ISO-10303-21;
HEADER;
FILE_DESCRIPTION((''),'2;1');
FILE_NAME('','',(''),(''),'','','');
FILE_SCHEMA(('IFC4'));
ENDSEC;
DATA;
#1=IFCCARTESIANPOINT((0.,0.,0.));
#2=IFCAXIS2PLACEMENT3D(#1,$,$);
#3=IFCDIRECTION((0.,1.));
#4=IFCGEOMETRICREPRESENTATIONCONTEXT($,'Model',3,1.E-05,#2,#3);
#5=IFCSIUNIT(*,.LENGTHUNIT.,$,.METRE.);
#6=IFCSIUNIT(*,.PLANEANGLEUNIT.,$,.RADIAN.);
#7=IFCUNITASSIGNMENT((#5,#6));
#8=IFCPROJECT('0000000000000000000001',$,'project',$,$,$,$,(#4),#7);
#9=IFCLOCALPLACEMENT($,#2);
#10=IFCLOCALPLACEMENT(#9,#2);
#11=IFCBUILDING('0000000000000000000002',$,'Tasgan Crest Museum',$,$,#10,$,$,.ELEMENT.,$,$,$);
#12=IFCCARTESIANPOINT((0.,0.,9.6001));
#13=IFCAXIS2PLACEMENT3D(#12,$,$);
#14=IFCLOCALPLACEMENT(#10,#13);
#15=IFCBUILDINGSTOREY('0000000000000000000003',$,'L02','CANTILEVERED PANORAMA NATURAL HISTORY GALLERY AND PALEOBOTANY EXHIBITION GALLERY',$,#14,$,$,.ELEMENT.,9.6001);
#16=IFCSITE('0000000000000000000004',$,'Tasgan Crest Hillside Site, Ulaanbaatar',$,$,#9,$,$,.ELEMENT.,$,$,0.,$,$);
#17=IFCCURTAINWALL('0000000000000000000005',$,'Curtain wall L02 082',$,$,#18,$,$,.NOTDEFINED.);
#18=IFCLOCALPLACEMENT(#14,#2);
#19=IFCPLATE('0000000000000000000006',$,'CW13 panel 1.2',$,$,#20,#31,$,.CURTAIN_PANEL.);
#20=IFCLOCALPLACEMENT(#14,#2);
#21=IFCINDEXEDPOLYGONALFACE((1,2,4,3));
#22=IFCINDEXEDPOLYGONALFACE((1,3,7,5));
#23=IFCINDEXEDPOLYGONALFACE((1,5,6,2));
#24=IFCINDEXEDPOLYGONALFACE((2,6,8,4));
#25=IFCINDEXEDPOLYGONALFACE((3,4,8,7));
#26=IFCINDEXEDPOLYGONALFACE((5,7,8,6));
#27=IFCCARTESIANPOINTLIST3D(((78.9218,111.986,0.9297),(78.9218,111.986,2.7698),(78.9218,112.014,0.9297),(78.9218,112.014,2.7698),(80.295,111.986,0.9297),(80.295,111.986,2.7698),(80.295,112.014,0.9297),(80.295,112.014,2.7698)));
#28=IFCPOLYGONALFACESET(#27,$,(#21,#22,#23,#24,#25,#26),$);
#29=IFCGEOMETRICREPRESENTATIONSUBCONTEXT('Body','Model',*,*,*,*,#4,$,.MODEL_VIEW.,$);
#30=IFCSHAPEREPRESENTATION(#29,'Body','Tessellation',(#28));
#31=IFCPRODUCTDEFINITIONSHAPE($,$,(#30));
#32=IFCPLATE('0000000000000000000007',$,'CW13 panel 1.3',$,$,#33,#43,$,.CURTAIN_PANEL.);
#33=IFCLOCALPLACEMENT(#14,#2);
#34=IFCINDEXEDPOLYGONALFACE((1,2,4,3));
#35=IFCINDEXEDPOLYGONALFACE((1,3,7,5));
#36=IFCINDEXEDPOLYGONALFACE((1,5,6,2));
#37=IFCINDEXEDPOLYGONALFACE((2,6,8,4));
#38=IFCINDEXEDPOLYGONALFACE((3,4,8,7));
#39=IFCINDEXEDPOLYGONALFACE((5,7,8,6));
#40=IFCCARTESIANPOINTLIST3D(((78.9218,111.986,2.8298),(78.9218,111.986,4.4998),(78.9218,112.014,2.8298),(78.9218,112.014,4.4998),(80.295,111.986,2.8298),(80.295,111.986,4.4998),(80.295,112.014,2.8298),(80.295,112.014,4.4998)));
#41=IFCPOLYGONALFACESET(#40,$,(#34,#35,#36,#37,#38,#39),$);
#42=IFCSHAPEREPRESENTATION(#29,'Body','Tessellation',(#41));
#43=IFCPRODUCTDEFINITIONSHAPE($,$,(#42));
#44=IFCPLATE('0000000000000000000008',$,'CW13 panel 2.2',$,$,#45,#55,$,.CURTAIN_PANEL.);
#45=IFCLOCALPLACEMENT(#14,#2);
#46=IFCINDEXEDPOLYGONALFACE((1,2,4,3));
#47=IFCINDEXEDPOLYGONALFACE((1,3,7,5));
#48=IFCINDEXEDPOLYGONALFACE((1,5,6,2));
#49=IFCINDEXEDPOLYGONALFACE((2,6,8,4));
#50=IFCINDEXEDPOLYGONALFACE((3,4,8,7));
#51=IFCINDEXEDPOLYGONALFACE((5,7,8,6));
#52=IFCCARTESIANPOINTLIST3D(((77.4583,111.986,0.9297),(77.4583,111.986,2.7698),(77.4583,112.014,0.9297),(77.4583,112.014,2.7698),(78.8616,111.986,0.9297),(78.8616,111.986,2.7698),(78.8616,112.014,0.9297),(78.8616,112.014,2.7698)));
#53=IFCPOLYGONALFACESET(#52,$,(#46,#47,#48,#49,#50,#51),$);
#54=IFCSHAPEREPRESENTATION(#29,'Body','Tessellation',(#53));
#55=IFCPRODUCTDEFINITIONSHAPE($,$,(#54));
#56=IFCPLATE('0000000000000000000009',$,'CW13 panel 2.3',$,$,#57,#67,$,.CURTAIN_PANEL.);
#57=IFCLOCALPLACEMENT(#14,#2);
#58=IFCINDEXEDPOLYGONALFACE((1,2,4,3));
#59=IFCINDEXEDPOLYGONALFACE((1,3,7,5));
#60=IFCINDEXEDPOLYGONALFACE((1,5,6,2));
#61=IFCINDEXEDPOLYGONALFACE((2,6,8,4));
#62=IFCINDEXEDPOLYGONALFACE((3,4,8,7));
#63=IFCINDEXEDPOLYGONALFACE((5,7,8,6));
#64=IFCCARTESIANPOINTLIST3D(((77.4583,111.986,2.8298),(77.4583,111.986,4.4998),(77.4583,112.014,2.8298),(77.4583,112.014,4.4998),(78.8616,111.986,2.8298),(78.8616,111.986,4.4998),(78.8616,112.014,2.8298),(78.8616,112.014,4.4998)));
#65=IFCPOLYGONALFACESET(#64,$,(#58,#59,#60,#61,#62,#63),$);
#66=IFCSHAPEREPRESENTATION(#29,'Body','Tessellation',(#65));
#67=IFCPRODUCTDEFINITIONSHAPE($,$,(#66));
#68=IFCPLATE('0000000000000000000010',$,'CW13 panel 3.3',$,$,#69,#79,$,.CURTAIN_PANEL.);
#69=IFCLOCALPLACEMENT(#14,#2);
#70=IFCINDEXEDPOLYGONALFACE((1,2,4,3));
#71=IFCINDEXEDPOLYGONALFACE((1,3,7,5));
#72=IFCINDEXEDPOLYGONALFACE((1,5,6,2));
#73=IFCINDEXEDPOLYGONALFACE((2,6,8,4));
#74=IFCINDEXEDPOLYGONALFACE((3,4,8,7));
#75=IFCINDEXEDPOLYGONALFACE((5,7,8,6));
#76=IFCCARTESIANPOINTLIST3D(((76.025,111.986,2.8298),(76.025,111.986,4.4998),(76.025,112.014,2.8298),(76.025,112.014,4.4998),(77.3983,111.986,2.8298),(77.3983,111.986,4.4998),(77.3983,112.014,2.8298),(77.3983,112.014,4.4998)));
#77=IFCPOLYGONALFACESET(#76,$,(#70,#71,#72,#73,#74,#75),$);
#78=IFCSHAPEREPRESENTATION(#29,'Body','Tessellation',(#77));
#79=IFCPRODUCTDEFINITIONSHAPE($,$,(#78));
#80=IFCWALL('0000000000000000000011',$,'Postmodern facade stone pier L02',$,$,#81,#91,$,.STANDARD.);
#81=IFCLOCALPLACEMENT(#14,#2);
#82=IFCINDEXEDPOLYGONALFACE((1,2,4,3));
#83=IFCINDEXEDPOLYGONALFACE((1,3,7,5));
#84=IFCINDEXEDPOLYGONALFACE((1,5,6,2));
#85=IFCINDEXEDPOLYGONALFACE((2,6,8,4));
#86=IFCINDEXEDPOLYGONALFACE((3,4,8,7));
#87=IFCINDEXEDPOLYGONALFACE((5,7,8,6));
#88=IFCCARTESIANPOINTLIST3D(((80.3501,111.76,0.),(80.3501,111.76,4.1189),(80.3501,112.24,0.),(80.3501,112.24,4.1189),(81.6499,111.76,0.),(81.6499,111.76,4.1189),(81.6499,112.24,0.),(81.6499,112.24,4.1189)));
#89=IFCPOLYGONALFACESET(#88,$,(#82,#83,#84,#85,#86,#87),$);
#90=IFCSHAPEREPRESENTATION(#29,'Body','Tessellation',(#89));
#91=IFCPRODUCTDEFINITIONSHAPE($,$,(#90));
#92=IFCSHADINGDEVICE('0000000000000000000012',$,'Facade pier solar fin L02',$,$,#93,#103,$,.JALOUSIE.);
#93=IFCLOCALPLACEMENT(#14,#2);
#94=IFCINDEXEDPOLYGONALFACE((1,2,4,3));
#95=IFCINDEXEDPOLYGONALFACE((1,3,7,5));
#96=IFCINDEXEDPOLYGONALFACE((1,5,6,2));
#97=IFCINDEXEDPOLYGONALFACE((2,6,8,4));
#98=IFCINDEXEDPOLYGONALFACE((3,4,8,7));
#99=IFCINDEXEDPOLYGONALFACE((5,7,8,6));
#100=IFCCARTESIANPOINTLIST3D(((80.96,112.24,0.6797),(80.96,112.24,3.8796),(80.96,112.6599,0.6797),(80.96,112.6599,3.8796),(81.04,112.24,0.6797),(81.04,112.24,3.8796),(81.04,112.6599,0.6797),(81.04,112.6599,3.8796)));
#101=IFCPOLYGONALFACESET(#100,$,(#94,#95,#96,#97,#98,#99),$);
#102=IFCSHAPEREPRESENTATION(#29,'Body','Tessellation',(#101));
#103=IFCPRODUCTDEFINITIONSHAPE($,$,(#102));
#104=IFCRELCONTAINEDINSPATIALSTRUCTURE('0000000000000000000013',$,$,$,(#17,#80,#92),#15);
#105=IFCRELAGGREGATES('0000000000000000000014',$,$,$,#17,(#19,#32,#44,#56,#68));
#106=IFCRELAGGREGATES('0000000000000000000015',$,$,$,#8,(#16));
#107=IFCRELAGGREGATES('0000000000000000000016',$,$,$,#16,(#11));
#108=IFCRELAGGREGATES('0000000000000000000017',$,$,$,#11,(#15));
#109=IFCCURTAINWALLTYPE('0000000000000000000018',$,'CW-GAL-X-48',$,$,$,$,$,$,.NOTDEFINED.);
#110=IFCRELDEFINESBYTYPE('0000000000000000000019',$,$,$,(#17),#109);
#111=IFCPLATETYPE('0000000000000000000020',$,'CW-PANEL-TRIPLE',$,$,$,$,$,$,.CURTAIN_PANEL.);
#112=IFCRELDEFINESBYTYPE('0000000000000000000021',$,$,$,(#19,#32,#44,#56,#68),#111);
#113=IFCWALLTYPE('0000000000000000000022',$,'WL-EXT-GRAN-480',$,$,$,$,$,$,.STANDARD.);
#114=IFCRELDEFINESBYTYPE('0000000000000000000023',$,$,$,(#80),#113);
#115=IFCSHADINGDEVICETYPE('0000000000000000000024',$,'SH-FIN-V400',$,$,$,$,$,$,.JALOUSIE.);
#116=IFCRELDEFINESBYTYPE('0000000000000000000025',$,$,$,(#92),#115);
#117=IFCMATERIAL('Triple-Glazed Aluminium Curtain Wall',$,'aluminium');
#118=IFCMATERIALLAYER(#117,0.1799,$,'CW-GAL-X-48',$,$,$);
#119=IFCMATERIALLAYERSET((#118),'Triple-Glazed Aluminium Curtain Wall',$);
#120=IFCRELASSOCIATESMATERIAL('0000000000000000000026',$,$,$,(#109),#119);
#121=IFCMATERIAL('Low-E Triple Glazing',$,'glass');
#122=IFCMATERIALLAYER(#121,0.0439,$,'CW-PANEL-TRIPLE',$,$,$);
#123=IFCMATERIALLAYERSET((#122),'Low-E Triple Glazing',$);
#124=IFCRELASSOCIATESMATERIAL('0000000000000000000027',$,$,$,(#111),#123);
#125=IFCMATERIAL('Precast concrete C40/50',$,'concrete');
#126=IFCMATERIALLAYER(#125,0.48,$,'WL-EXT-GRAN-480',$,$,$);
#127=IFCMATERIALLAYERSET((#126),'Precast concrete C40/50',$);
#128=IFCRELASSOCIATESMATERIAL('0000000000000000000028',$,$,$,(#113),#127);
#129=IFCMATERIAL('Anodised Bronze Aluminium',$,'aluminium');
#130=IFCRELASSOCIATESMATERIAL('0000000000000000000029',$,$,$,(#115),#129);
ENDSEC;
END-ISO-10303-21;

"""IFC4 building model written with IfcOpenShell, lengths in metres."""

from ifc_helpers import new_model, si_unit, direction, frame, frame_2d, origin, origin_2d, place, context, subcontext, project, spatial, rectangle, extrude, material, layer, layer_set, type_object, element, aggregate, save


model = new_model("IFC4")

# Units and contexts
model_context = context("Model", 3, precision=1e-05, world=origin(), true_north=direction((0.0, 1.0)))
body_context = subcontext(model_context, "Body", "Model", "MODEL_VIEW")
ifc_project = project(units=[si_unit("LENGTHUNIT", "METRE"), si_unit("PLANEANGLEUNIT", "RADIAN")], contexts=[model_context])

# Site, building, storey
site_placement = place(None, origin())
site = spatial("IfcSite", under=ifc_project, at=site_placement, Name="Tasgan Crest Hillside Site, Ulaanbaatar", CompositionType="ELEMENT", RefElevation=0.0)
building_placement = place(site_placement, origin())
building = spatial("IfcBuilding", under=site, at=building_placement, Name="Tasgan Crest Museum", CompositionType="ELEMENT")
storey_placement = place(building_placement, frame((0.0, 0.0, 9.6001)))
storey = spatial("IfcBuildingStorey", under=building, at=storey_placement, Name="L02", Description="CANTILEVERED PANORAMA NATURAL HISTORY GALLERY AND PALEOBOTANY EXHIBITION GALLERY", CompositionType="ELEMENT", Elevation=9.6001)

# Curtain wall
ifc_material_1 = material(Name="Triple-Glazed Aluminium Curtain Wall", Category="aluminium")
ifc_layer_1 = layer(ifc_material_1, 0.1799, Name="CW-GAL-X-48")
ifc_layer_set_1 = layer_set([ifc_layer_1], Name="Triple-Glazed Aluminium Curtain Wall")
curtain_wall_type = type_object("IfcCurtainWallType", Name="CW-GAL-X-48", PredefinedType="NOTDEFINED", material=ifc_layer_set_1)
curtain_wall_1_placement = place(storey_placement, origin())
curtain_wall_1 = element("IfcCurtainWall", 1, at=curtain_wall_1_placement, inside=storey, type_object=curtain_wall_type, Name="Curtain wall L02 082", PredefinedType="NOTDEFINED")

# Plates
ifc_material_2 = material(Name="Low-E Triple Glazing", Category="glass")
ifc_layer_2 = layer(ifc_material_2, 0.0439, Name="CW-PANEL-TRIPLE")
ifc_layer_set_2 = layer_set([ifc_layer_2], Name="Low-E Triple Glazing")
plate_type_1 = type_object("IfcPlateType", Name="CW-PANEL-TRIPLE", PredefinedType="CURTAIN_PANEL", material=ifc_layer_set_2)
plate_1_placement = place(storey_placement, frame((79.6084, 112.0, 0.9297), z_axis=(0.0, 0.0, 1.0), x_axis=(-1.0, 0.0, 0.0)))
plate_1 = element("IfcPlate", 2, at=plate_1_placement, type_object=plate_type_1, Name="CW13 panel 1.2", PredefinedType="CURTAIN_PANEL", context=body_context, shape_type="SweptSolid", body=[
    extrude(rectangle(XDim=1.3733, YDim=0.0281, at=origin_2d()), origin(), (0.0, 0.0, 1.0), 1.8401),
])
plate_2_placement = place(storey_placement, frame((79.6084, 112.0, 2.8298), z_axis=(0.0, 0.0, 1.0), x_axis=(-1.0, 0.0, 0.0)))
plate_2 = element("IfcPlate", 3, at=plate_2_placement, type_object=plate_type_1, Name="CW13 panel 1.3", PredefinedType="CURTAIN_PANEL", context=body_context, shape_type="SweptSolid", body=[
    extrude(rectangle(XDim=1.3733, YDim=0.0281, at=origin_2d()), origin(), (0.0, 0.0, 1.0), 1.6699),
])
plate_3_placement = place(storey_placement, frame((78.1599, 112.0, 0.9297), z_axis=(0.0, 0.0, 1.0), x_axis=(-1.0, 0.0, 0.0)))
plate_3 = element("IfcPlate", 4, at=plate_3_placement, type_object=plate_type_1, Name="CW13 panel 2.2", PredefinedType="CURTAIN_PANEL", context=body_context, shape_type="SweptSolid", body=[
    extrude(rectangle(XDim=1.4033, YDim=0.0281, at=origin_2d()), origin(), (0.0, 0.0, 1.0), 1.8401),
])
plate_4_placement = place(storey_placement, frame((78.1599, 112.0, 2.8298), z_axis=(0.0, 0.0, 1.0), x_axis=(-1.0, 0.0, 0.0)))
plate_4 = element("IfcPlate", 5, at=plate_4_placement, type_object=plate_type_1, Name="CW13 panel 2.3", PredefinedType="CURTAIN_PANEL", context=body_context, shape_type="SweptSolid", body=[
    extrude(rectangle(XDim=1.4033, YDim=0.0281, at=origin_2d()), origin(), (0.0, 0.0, 1.0), 1.6699),
])
plate_5_placement = place(storey_placement, frame((76.7117, 112.0, 2.8298), z_axis=(0.0, 0.0, 1.0), x_axis=(-1.0, 0.0, 0.0)))
plate_5 = element("IfcPlate", 6, at=plate_5_placement, type_object=plate_type_1, Name="CW13 panel 3.3", PredefinedType="CURTAIN_PANEL", context=body_context, shape_type="SweptSolid", body=[
    extrude(rectangle(XDim=1.3733, YDim=0.0281, at=origin_2d()), origin(), (0.0, 0.0, 1.0), 1.6699),
])
aggregate(curtain_wall_1, [plate_1, plate_2, plate_3, plate_4, plate_5])

# Wall
ifc_material_3 = material(Name="Precast concrete C40/50", Category="concrete")
ifc_layer_3 = layer(ifc_material_3, 0.48, Name="WL-EXT-GRAN-480")
ifc_layer_set_3 = layer_set([ifc_layer_3], Name="Precast concrete C40/50")
wall_type = type_object("IfcWallType", Name="WL-EXT-GRAN-480", PredefinedType="STANDARD", material=ifc_layer_set_3)
wall_placement = place(storey_placement, frame((81.6499, 112.0, 0.0), z_axis=(0.0, 0.0, 1.0), x_axis=(-1.0, 0.0, 0.0)))
element("IfcWall", 7, at=wall_placement, inside=storey, type_object=wall_type, Name="Postmodern facade stone pier L02", PredefinedType="STANDARD", context=body_context, shape_type="SweptSolid", body=[
    extrude(rectangle(XDim=1.2998, YDim=0.48, at=frame_2d((0.6499, 0.0))), origin(), (0.0, 0.0, 1.0), 4.1189),
])

# Shading device
ifc_material_4 = material(Name="Anodised Bronze Aluminium", Category="aluminium")
shading_device_type = type_object("IfcShadingDeviceType", Name="SH-FIN-V400", PredefinedType="JALOUSIE", material=ifc_material_4)
shading_device_placement = place(storey_placement, frame((81.0, 112.45, 0.6797), z_axis=(0.0, 0.0, 1.0), x_axis=(-1.0, 0.0, 0.0)))
element("IfcShadingDevice", 8, at=shading_device_placement, inside=storey, type_object=shading_device_type, Name="Facade pier solar fin L02", PredefinedType="JALOUSIE", context=body_context, shape_type="SweptSolid", body=[
    extrude(rectangle(XDim=0.0801, YDim=0.4199, at=origin_2d()), origin(), (0.0, 0.0, 1.0), 3.2),
])

save(model, "model.ifc")
